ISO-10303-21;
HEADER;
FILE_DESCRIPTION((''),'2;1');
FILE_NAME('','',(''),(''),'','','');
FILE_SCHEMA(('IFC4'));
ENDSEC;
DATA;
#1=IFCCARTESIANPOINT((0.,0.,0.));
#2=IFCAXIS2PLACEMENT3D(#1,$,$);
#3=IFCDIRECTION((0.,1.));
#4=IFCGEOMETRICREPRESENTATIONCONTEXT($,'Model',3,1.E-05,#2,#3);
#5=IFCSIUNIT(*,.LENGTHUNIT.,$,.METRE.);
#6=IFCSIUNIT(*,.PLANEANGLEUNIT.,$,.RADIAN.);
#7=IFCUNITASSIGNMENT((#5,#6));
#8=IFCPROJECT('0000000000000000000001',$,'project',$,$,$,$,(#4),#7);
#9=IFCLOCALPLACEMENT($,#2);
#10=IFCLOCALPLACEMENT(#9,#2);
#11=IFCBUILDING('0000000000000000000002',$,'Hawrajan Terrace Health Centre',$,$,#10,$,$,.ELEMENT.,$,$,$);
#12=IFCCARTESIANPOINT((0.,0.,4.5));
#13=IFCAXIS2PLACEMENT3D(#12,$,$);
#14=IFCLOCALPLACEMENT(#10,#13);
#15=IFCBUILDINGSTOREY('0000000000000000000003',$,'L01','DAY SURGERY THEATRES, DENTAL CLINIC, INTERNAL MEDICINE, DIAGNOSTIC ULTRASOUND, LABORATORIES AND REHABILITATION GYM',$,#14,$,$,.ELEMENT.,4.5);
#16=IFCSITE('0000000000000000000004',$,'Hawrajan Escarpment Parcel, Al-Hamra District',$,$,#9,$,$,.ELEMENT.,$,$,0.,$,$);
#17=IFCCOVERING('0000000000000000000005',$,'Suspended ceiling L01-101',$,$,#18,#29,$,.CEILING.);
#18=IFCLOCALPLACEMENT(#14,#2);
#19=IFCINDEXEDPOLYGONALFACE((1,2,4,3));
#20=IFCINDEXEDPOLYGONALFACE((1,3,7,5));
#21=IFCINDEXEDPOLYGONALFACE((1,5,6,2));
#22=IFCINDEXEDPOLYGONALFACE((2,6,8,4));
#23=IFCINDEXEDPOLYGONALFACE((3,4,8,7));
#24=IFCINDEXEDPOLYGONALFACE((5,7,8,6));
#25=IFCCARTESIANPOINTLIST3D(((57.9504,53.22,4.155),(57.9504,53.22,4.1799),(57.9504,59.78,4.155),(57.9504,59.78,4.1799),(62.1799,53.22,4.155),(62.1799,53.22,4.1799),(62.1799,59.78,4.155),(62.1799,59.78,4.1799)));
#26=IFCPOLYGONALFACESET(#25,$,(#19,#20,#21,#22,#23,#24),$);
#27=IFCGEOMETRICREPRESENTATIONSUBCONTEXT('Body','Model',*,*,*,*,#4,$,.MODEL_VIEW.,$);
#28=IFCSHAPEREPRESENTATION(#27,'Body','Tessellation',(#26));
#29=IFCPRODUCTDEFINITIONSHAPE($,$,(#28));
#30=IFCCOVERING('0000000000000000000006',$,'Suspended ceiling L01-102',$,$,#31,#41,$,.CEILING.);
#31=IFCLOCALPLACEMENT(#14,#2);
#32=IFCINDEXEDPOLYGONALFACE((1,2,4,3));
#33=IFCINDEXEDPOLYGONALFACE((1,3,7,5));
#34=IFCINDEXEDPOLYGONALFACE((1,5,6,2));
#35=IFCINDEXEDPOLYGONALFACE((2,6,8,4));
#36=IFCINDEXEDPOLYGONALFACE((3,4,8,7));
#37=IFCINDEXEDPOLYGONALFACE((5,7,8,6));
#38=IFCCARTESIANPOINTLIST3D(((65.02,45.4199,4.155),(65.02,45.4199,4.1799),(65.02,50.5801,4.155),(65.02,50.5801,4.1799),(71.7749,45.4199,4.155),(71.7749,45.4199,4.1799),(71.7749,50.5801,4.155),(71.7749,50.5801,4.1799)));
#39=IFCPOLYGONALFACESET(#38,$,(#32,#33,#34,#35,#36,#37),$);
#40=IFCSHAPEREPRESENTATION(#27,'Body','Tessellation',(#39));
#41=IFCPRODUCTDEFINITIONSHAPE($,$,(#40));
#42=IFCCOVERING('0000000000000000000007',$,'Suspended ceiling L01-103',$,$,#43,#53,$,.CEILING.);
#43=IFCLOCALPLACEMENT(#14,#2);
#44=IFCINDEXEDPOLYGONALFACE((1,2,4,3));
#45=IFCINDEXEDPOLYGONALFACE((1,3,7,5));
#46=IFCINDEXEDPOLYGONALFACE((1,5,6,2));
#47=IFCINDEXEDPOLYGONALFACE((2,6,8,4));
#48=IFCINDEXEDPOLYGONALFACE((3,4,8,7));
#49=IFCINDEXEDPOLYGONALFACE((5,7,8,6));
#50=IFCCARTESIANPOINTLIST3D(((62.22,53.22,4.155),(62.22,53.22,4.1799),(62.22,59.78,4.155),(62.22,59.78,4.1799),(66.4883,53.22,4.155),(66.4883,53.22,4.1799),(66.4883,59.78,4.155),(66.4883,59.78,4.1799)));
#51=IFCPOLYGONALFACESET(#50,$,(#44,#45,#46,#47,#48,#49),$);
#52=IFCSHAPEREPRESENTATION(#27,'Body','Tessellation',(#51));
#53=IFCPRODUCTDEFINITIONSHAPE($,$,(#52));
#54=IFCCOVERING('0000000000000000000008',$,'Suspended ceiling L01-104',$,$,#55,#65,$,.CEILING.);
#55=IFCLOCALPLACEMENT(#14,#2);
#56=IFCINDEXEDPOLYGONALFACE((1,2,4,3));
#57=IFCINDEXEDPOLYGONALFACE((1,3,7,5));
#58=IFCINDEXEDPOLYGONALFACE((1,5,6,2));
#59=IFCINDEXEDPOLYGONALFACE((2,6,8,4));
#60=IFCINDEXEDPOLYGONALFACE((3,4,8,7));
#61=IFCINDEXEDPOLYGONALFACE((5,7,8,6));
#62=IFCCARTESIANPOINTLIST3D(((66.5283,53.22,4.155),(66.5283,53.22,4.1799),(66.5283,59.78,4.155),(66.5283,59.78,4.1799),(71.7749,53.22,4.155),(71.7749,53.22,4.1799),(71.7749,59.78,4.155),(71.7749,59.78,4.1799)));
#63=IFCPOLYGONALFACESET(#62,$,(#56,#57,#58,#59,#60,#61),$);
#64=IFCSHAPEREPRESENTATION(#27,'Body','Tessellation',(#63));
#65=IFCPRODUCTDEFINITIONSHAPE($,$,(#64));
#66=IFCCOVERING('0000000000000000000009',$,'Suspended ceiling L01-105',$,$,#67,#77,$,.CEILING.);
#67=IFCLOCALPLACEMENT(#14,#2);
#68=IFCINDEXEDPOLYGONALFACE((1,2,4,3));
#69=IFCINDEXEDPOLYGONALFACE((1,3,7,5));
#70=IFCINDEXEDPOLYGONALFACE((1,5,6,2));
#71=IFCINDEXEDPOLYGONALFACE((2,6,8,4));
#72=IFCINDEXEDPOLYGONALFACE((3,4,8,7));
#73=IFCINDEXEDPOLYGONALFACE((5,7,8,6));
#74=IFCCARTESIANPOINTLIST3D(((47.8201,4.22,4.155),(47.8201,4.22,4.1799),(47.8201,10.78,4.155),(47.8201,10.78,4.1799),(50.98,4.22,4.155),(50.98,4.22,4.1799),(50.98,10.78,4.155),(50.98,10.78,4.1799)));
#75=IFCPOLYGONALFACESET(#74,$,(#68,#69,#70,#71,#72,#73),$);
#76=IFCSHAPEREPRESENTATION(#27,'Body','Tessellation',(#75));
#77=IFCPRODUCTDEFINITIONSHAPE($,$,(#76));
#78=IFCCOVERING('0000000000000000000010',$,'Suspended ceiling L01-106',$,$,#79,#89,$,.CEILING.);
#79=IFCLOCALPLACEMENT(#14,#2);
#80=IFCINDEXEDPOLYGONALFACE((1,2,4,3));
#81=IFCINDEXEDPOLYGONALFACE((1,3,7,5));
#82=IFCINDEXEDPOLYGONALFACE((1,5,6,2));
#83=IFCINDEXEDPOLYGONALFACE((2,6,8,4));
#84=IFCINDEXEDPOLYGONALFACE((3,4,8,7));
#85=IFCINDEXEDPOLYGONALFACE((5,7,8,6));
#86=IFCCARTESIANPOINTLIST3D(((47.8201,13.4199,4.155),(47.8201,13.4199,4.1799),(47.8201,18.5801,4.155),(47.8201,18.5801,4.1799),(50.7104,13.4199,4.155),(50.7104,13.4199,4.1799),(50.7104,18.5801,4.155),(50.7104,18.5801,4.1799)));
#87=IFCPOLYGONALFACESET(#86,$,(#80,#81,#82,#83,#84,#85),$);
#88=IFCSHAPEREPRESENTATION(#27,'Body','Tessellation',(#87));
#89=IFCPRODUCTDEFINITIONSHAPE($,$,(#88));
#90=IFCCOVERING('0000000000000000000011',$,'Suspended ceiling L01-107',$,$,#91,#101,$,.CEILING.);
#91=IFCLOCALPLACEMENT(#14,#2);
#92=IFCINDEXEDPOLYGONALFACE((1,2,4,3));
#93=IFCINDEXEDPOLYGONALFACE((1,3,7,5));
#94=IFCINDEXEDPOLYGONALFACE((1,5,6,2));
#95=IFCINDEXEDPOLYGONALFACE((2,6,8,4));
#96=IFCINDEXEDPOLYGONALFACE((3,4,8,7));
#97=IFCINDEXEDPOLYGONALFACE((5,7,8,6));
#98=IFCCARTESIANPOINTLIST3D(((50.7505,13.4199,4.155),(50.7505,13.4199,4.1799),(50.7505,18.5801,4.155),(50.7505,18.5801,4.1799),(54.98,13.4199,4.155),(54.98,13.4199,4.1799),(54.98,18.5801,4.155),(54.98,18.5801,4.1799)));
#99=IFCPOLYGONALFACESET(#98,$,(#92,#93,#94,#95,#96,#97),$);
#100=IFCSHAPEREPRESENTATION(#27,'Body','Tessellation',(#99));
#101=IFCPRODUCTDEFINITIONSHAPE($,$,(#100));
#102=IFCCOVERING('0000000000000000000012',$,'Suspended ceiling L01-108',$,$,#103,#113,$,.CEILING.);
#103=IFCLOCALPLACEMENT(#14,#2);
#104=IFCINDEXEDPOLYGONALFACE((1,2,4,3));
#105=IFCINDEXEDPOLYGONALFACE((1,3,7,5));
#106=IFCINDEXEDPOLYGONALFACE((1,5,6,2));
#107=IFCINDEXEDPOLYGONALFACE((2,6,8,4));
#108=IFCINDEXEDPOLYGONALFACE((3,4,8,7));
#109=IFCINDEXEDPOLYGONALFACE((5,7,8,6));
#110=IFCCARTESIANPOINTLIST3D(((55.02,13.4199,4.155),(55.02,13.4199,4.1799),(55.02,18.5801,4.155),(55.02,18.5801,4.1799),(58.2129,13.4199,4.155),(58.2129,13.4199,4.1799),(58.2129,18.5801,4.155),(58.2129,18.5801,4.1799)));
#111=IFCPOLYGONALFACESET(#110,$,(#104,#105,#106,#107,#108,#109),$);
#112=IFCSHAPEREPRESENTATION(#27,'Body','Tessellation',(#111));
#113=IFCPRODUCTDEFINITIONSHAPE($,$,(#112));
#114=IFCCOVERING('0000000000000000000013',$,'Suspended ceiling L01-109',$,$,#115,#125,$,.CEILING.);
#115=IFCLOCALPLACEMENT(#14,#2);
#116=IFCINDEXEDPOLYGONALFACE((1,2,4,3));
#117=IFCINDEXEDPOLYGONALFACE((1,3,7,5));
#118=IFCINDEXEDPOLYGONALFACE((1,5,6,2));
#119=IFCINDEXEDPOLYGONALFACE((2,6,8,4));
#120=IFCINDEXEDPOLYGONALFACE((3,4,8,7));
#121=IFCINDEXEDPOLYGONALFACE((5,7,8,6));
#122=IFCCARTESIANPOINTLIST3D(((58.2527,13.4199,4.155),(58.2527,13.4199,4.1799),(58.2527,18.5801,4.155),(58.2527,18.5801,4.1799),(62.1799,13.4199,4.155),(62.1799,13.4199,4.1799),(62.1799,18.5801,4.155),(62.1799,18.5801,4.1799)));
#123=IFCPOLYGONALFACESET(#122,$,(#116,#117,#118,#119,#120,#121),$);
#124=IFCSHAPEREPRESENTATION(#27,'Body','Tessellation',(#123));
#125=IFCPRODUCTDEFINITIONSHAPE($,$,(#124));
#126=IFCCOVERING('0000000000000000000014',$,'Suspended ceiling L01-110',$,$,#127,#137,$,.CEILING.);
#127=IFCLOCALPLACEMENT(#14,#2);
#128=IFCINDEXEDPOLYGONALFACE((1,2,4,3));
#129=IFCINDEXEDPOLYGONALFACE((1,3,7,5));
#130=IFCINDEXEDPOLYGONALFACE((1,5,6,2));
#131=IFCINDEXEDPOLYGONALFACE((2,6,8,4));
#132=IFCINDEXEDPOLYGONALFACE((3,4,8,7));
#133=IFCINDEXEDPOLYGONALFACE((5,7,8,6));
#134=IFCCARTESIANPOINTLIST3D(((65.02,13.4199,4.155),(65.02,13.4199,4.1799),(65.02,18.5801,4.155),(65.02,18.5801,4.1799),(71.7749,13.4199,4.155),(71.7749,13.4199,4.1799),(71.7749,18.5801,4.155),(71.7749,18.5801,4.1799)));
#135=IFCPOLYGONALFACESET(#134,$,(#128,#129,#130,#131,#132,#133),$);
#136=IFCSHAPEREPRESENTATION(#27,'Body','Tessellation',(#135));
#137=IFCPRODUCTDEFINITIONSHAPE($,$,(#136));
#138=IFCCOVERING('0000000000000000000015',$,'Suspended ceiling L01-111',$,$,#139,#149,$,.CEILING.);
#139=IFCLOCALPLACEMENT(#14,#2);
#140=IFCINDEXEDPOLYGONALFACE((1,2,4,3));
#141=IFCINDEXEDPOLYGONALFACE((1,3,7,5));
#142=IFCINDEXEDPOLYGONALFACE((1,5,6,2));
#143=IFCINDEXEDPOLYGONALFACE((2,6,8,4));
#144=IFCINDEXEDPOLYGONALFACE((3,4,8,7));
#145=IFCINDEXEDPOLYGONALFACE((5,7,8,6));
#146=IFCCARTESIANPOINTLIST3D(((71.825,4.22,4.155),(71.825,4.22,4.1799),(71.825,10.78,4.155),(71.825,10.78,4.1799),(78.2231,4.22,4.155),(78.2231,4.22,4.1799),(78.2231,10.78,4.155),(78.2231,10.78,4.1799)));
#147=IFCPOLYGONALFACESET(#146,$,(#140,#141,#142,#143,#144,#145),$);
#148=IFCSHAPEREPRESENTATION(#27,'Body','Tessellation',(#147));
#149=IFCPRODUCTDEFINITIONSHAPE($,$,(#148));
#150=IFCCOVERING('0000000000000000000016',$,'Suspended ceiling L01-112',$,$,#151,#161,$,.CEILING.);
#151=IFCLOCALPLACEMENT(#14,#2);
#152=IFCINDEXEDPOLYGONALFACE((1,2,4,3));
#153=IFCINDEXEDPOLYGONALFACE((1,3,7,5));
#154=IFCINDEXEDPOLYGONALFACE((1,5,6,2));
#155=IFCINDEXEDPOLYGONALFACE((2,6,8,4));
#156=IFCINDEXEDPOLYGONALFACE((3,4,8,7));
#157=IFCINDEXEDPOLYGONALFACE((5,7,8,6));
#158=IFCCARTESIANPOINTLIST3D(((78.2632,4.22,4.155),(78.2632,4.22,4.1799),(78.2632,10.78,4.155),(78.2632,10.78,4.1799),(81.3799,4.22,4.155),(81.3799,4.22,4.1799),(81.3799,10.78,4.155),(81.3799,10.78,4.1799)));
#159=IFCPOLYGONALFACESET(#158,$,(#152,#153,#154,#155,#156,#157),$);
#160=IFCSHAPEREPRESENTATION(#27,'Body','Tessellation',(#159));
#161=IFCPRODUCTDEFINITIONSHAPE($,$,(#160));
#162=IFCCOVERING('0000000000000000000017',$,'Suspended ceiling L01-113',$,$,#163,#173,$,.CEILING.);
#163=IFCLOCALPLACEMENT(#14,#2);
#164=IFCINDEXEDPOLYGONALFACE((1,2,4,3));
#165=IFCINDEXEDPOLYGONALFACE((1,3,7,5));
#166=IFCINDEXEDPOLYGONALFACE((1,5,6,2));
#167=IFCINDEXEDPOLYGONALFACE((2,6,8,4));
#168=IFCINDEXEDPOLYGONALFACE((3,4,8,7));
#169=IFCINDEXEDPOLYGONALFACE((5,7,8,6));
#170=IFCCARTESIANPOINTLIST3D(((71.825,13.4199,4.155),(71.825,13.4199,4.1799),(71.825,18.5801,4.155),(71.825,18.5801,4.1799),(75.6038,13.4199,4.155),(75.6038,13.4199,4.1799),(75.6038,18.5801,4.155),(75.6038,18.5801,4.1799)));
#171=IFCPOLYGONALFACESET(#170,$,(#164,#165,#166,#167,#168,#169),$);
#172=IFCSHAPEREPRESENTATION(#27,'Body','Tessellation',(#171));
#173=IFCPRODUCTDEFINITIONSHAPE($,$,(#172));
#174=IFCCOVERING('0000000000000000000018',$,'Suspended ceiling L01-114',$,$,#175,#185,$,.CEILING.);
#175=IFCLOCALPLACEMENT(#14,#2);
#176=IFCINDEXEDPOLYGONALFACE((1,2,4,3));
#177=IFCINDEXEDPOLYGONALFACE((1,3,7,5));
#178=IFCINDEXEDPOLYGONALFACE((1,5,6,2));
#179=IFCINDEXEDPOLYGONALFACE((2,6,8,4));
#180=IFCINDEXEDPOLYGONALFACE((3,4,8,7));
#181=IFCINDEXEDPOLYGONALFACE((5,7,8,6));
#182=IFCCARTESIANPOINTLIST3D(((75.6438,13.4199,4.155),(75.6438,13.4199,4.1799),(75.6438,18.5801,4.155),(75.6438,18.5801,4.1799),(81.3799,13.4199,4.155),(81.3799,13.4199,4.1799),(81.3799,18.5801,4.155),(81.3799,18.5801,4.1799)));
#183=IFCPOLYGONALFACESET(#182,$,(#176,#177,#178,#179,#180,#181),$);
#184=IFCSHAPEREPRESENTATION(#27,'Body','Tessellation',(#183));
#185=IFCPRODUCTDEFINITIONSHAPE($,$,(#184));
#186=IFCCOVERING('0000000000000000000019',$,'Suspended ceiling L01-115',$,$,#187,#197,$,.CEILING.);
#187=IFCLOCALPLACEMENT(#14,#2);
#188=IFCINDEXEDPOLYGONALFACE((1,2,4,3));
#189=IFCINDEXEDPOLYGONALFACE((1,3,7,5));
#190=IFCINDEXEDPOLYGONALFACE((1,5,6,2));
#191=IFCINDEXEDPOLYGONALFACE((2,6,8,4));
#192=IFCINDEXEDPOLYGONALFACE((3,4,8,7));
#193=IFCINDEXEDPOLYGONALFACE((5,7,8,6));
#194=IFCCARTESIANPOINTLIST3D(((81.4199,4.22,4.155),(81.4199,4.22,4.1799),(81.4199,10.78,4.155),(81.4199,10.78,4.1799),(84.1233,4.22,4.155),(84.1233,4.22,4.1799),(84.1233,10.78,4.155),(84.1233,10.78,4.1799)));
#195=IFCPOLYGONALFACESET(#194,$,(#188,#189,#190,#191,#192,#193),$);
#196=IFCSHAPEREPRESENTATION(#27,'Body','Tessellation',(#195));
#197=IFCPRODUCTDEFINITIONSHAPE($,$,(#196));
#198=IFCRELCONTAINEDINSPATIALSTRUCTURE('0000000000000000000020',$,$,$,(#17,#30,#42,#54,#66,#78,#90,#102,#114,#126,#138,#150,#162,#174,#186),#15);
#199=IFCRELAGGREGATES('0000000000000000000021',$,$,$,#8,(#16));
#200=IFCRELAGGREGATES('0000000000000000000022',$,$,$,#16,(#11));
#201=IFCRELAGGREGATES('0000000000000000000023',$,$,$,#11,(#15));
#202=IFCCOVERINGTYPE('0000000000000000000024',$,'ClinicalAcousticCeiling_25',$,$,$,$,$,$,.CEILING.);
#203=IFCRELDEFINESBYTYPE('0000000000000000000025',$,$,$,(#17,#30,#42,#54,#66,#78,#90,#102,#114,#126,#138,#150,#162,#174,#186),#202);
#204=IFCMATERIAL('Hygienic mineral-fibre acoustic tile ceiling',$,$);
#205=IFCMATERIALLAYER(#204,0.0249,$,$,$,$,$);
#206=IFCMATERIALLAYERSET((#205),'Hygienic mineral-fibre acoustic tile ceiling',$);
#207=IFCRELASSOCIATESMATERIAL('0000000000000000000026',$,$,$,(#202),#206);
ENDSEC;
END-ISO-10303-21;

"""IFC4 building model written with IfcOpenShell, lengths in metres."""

from ifc_helpers import new_model, si_unit, direction, frame, origin, place, context, subcontext, project, spatial, polyline, outline, extrude, material, layer, layer_set, type_object, element, save


model = new_model("IFC4")

# Units and contexts
model_context = context("Model", 3, precision=1e-05, world=origin(), true_north=direction((0.0, 1.0)))
body_context = subcontext(model_context, "Body", "Model", "MODEL_VIEW")
ifc_project = project(units=[si_unit("LENGTHUNIT", "METRE"), si_unit("PLANEANGLEUNIT", "RADIAN")], contexts=[model_context])

# Site, building, storey
site_placement = place(None, origin())
site = spatial("IfcSite", under=ifc_project, at=site_placement, Name="Hawrajan Escarpment Parcel, Al-Hamra District", CompositionType="ELEMENT", RefElevation=0.0)
building_placement = place(site_placement, origin())
building = spatial("IfcBuilding", under=site, at=building_placement, Name="Hawrajan Terrace Health Centre", CompositionType="ELEMENT")
storey_placement = place(building_placement, frame((0.0, 0.0, 4.5)))
storey = spatial("IfcBuildingStorey", under=building, at=storey_placement, Name="L01", Description="DAY SURGERY THEATRES, DENTAL CLINIC, INTERNAL MEDICINE, DIAGNOSTIC ULTRASOUND, LABORATORIES AND REHABILITATION GYM", CompositionType="ELEMENT", Elevation=4.5)

# Coverings
ifc_material = material(Name="Hygienic mineral-fibre acoustic tile ceiling")
ifc_layer = layer(ifc_material, 0.0249)
ifc_layer_set = layer_set([ifc_layer], Name="Hygienic mineral-fibre acoustic tile ceiling")
covering_type = type_object("IfcCoveringType", Name="ClinicalAcousticCeiling_25", PredefinedType="CEILING", material=ifc_layer_set)
covering_1_placement = place(storey_placement, frame((0.0, 0.0, 4.155)))
element("IfcCovering", 1, at=covering_1_placement, inside=storey, type_object=covering_type, Name="Suspended ceiling L01-101", PredefinedType="CEILING", context=body_context, shape_type="SweptSolid", body=[
    extrude(outline(polyline([(57.9504, 59.78), (62.1799, 59.78), (62.1799, 53.22), (57.9504, 53.22), (57.9504, 59.78)])), origin(), (0.0, 0.0, 1.0), 0.0249),
])
covering_2_placement = place(storey_placement, frame((0.0, 0.0, 4.155)))
element("IfcCovering", 2, at=covering_2_placement, inside=storey, type_object=covering_type, Name="Suspended ceiling L01-102", PredefinedType="CEILING", context=body_context, shape_type="SweptSolid", body=[
    extrude(outline(polyline([(65.02, 50.5801), (71.7749, 50.5801), (71.7749, 45.4199), (65.02, 45.4199), (65.02, 50.5801)])), origin(), (0.0, 0.0, 1.0), 0.0249),
])
covering_3_placement = place(storey_placement, frame((0.0, 0.0, 4.155)))
element("IfcCovering", 3, at=covering_3_placement, inside=storey, type_object=covering_type, Name="Suspended ceiling L01-103", PredefinedType="CEILING", context=body_context, shape_type="SweptSolid", body=[
    extrude(outline(polyline([(62.22, 59.78), (66.4883, 59.78), (66.4883, 53.22), (62.22, 53.22), (62.22, 59.78)])), origin(), (0.0, 0.0, 1.0), 0.0249),
])
covering_4_placement = place(storey_placement, frame((0.0, 0.0, 4.155)))
element("IfcCovering", 4, at=covering_4_placement, inside=storey, type_object=covering_type, Name="Suspended ceiling L01-104", PredefinedType="CEILING", context=body_context, shape_type="SweptSolid", body=[
    extrude(outline(polyline([(66.5283, 59.78), (71.7749, 59.78), (71.7749, 53.22), (66.5283, 53.22), (66.5283, 59.78)])), origin(), (0.0, 0.0, 1.0), 0.0249),
])
covering_5_placement = place(storey_placement, frame((0.0, 0.0, 4.155)))
element("IfcCovering", 5, at=covering_5_placement, inside=storey, type_object=covering_type, Name="Suspended ceiling L01-105", PredefinedType="CEILING", context=body_context, shape_type="SweptSolid", body=[
    extrude(outline(polyline([(47.8201, 10.78), (50.98, 10.78), (50.98, 4.22), (47.8201, 4.22), (47.8201, 10.78)])), origin(), (0.0, 0.0, 1.0), 0.0249),
])
covering_6_placement = place(storey_placement, frame((0.0, 0.0, 4.155)))
element("IfcCovering", 6, at=covering_6_placement, inside=storey, type_object=covering_type, Name="Suspended ceiling L01-106", PredefinedType="CEILING", context=body_context, shape_type="SweptSolid", body=[
    extrude(outline(polyline([(47.8201, 18.5801), (50.7104, 18.5801), (50.7104, 13.4199), (47.8201, 13.4199), (47.8201, 18.5801)])), origin(), (0.0, 0.0, 1.0), 0.0249),
])
covering_7_placement = place(storey_placement, frame((0.0, 0.0, 4.155)))
element("IfcCovering", 7, at=covering_7_placement, inside=storey, type_object=covering_type, Name="Suspended ceiling L01-107", PredefinedType="CEILING", context=body_context, shape_type="SweptSolid", body=[
    extrude(outline(polyline([(50.7505, 18.5801), (54.98, 18.5801), (54.98, 13.4199), (50.7505, 13.4199), (50.7505, 18.5801)])), origin(), (0.0, 0.0, 1.0), 0.0249),
])
covering_8_placement = place(storey_placement, frame((0.0, 0.0, 4.155)))
element("IfcCovering", 8, at=covering_8_placement, inside=storey, type_object=covering_type, Name="Suspended ceiling L01-108", PredefinedType="CEILING", context=body_context, shape_type="SweptSolid", body=[
    extrude(outline(polyline([(55.02, 18.5801), (58.2129, 18.5801), (58.2129, 13.4199), (55.02, 13.4199), (55.02, 18.5801)])), origin(), (0.0, 0.0, 1.0), 0.0249),
])
covering_9_placement = place(storey_placement, frame((0.0, 0.0, 4.155)))
element("IfcCovering", 9, at=covering_9_placement, inside=storey, type_object=covering_type, Name="Suspended ceiling L01-109", PredefinedType="CEILING", context=body_context, shape_type="SweptSolid", body=[
    extrude(outline(polyline([(58.2527, 18.5801), (62.1799, 18.5801), (62.1799, 13.4199), (58.2527, 13.4199), (58.2527, 18.5801)])), origin(), (0.0, 0.0, 1.0), 0.0249),
])
covering_10_placement = place(storey_placement, frame((0.0, 0.0, 4.155)))
element("IfcCovering", 10, at=covering_10_placement, inside=storey, type_object=covering_type, Name="Suspended ceiling L01-110", PredefinedType="CEILING", context=body_context, shape_type="SweptSolid", body=[
    extrude(outline(polyline([(65.02, 18.5801), (71.7749, 18.5801), (71.7749, 13.4199), (65.02, 13.4199), (65.02, 18.5801)])), origin(), (0.0, 0.0, 1.0), 0.0249),
])
covering_11_placement = place(storey_placement, frame((0.0, 0.0, 4.155)))
element("IfcCovering", 11, at=covering_11_placement, inside=storey, type_object=covering_type, Name="Suspended ceiling L01-111", PredefinedType="CEILING", context=body_context, shape_type="SweptSolid", body=[
    extrude(outline(polyline([(71.825, 10.78), (78.2231, 10.78), (78.2231, 4.22), (71.825, 4.22), (71.825, 10.78)])), origin(), (0.0, 0.0, 1.0), 0.0249),
])
covering_12_placement = place(storey_placement, frame((0.0, 0.0, 4.155)))
element("IfcCovering", 12, at=covering_12_placement, inside=storey, type_object=covering_type, Name="Suspended ceiling L01-112", PredefinedType="CEILING", context=body_context, shape_type="SweptSolid", body=[
    extrude(outline(polyline([(78.2632, 10.78), (81.3799, 10.78), (81.3799, 4.22), (78.2632, 4.22), (78.2632, 10.78)])), origin(), (0.0, 0.0, 1.0), 0.0249),
])
covering_13_placement = place(storey_placement, frame((0.0, 0.0, 4.155)))
element("IfcCovering", 13, at=covering_13_placement, inside=storey, type_object=covering_type, Name="Suspended ceiling L01-113", PredefinedType="CEILING", context=body_context, shape_type="SweptSolid", body=[
    extrude(outline(polyline([(71.825, 18.5801), (75.6038, 18.5801), (75.6038, 13.4199), (71.825, 13.4199), (71.825, 18.5801)])), origin(), (0.0, 0.0, 1.0), 0.0249),
])
covering_14_placement = place(storey_placement, frame((0.0, 0.0, 4.155)))
element("IfcCovering", 14, at=covering_14_placement, inside=storey, type_object=covering_type, Name="Suspended ceiling L01-114", PredefinedType="CEILING", context=body_context, shape_type="SweptSolid", body=[
    extrude(outline(polyline([(75.6438, 18.5801), (81.3799, 18.5801), (81.3799, 13.4199), (75.6438, 13.4199), (75.6438, 18.5801)])), origin(), (0.0, 0.0, 1.0), 0.0249),
])
covering_15_placement = place(storey_placement, frame((0.0, 0.0, 4.155)))
element("IfcCovering", 15, at=covering_15_placement, inside=storey, type_object=covering_type, Name="Suspended ceiling L01-115", PredefinedType="CEILING", context=body_context, shape_type="SweptSolid", body=[
    extrude(outline(polyline([(81.4199, 10.78), (84.1233, 10.78), (84.1233, 4.22), (81.4199, 4.22), (81.4199, 10.78)])), origin(), (0.0, 0.0, 1.0), 0.0249),
])

save(model, "model.ifc")
